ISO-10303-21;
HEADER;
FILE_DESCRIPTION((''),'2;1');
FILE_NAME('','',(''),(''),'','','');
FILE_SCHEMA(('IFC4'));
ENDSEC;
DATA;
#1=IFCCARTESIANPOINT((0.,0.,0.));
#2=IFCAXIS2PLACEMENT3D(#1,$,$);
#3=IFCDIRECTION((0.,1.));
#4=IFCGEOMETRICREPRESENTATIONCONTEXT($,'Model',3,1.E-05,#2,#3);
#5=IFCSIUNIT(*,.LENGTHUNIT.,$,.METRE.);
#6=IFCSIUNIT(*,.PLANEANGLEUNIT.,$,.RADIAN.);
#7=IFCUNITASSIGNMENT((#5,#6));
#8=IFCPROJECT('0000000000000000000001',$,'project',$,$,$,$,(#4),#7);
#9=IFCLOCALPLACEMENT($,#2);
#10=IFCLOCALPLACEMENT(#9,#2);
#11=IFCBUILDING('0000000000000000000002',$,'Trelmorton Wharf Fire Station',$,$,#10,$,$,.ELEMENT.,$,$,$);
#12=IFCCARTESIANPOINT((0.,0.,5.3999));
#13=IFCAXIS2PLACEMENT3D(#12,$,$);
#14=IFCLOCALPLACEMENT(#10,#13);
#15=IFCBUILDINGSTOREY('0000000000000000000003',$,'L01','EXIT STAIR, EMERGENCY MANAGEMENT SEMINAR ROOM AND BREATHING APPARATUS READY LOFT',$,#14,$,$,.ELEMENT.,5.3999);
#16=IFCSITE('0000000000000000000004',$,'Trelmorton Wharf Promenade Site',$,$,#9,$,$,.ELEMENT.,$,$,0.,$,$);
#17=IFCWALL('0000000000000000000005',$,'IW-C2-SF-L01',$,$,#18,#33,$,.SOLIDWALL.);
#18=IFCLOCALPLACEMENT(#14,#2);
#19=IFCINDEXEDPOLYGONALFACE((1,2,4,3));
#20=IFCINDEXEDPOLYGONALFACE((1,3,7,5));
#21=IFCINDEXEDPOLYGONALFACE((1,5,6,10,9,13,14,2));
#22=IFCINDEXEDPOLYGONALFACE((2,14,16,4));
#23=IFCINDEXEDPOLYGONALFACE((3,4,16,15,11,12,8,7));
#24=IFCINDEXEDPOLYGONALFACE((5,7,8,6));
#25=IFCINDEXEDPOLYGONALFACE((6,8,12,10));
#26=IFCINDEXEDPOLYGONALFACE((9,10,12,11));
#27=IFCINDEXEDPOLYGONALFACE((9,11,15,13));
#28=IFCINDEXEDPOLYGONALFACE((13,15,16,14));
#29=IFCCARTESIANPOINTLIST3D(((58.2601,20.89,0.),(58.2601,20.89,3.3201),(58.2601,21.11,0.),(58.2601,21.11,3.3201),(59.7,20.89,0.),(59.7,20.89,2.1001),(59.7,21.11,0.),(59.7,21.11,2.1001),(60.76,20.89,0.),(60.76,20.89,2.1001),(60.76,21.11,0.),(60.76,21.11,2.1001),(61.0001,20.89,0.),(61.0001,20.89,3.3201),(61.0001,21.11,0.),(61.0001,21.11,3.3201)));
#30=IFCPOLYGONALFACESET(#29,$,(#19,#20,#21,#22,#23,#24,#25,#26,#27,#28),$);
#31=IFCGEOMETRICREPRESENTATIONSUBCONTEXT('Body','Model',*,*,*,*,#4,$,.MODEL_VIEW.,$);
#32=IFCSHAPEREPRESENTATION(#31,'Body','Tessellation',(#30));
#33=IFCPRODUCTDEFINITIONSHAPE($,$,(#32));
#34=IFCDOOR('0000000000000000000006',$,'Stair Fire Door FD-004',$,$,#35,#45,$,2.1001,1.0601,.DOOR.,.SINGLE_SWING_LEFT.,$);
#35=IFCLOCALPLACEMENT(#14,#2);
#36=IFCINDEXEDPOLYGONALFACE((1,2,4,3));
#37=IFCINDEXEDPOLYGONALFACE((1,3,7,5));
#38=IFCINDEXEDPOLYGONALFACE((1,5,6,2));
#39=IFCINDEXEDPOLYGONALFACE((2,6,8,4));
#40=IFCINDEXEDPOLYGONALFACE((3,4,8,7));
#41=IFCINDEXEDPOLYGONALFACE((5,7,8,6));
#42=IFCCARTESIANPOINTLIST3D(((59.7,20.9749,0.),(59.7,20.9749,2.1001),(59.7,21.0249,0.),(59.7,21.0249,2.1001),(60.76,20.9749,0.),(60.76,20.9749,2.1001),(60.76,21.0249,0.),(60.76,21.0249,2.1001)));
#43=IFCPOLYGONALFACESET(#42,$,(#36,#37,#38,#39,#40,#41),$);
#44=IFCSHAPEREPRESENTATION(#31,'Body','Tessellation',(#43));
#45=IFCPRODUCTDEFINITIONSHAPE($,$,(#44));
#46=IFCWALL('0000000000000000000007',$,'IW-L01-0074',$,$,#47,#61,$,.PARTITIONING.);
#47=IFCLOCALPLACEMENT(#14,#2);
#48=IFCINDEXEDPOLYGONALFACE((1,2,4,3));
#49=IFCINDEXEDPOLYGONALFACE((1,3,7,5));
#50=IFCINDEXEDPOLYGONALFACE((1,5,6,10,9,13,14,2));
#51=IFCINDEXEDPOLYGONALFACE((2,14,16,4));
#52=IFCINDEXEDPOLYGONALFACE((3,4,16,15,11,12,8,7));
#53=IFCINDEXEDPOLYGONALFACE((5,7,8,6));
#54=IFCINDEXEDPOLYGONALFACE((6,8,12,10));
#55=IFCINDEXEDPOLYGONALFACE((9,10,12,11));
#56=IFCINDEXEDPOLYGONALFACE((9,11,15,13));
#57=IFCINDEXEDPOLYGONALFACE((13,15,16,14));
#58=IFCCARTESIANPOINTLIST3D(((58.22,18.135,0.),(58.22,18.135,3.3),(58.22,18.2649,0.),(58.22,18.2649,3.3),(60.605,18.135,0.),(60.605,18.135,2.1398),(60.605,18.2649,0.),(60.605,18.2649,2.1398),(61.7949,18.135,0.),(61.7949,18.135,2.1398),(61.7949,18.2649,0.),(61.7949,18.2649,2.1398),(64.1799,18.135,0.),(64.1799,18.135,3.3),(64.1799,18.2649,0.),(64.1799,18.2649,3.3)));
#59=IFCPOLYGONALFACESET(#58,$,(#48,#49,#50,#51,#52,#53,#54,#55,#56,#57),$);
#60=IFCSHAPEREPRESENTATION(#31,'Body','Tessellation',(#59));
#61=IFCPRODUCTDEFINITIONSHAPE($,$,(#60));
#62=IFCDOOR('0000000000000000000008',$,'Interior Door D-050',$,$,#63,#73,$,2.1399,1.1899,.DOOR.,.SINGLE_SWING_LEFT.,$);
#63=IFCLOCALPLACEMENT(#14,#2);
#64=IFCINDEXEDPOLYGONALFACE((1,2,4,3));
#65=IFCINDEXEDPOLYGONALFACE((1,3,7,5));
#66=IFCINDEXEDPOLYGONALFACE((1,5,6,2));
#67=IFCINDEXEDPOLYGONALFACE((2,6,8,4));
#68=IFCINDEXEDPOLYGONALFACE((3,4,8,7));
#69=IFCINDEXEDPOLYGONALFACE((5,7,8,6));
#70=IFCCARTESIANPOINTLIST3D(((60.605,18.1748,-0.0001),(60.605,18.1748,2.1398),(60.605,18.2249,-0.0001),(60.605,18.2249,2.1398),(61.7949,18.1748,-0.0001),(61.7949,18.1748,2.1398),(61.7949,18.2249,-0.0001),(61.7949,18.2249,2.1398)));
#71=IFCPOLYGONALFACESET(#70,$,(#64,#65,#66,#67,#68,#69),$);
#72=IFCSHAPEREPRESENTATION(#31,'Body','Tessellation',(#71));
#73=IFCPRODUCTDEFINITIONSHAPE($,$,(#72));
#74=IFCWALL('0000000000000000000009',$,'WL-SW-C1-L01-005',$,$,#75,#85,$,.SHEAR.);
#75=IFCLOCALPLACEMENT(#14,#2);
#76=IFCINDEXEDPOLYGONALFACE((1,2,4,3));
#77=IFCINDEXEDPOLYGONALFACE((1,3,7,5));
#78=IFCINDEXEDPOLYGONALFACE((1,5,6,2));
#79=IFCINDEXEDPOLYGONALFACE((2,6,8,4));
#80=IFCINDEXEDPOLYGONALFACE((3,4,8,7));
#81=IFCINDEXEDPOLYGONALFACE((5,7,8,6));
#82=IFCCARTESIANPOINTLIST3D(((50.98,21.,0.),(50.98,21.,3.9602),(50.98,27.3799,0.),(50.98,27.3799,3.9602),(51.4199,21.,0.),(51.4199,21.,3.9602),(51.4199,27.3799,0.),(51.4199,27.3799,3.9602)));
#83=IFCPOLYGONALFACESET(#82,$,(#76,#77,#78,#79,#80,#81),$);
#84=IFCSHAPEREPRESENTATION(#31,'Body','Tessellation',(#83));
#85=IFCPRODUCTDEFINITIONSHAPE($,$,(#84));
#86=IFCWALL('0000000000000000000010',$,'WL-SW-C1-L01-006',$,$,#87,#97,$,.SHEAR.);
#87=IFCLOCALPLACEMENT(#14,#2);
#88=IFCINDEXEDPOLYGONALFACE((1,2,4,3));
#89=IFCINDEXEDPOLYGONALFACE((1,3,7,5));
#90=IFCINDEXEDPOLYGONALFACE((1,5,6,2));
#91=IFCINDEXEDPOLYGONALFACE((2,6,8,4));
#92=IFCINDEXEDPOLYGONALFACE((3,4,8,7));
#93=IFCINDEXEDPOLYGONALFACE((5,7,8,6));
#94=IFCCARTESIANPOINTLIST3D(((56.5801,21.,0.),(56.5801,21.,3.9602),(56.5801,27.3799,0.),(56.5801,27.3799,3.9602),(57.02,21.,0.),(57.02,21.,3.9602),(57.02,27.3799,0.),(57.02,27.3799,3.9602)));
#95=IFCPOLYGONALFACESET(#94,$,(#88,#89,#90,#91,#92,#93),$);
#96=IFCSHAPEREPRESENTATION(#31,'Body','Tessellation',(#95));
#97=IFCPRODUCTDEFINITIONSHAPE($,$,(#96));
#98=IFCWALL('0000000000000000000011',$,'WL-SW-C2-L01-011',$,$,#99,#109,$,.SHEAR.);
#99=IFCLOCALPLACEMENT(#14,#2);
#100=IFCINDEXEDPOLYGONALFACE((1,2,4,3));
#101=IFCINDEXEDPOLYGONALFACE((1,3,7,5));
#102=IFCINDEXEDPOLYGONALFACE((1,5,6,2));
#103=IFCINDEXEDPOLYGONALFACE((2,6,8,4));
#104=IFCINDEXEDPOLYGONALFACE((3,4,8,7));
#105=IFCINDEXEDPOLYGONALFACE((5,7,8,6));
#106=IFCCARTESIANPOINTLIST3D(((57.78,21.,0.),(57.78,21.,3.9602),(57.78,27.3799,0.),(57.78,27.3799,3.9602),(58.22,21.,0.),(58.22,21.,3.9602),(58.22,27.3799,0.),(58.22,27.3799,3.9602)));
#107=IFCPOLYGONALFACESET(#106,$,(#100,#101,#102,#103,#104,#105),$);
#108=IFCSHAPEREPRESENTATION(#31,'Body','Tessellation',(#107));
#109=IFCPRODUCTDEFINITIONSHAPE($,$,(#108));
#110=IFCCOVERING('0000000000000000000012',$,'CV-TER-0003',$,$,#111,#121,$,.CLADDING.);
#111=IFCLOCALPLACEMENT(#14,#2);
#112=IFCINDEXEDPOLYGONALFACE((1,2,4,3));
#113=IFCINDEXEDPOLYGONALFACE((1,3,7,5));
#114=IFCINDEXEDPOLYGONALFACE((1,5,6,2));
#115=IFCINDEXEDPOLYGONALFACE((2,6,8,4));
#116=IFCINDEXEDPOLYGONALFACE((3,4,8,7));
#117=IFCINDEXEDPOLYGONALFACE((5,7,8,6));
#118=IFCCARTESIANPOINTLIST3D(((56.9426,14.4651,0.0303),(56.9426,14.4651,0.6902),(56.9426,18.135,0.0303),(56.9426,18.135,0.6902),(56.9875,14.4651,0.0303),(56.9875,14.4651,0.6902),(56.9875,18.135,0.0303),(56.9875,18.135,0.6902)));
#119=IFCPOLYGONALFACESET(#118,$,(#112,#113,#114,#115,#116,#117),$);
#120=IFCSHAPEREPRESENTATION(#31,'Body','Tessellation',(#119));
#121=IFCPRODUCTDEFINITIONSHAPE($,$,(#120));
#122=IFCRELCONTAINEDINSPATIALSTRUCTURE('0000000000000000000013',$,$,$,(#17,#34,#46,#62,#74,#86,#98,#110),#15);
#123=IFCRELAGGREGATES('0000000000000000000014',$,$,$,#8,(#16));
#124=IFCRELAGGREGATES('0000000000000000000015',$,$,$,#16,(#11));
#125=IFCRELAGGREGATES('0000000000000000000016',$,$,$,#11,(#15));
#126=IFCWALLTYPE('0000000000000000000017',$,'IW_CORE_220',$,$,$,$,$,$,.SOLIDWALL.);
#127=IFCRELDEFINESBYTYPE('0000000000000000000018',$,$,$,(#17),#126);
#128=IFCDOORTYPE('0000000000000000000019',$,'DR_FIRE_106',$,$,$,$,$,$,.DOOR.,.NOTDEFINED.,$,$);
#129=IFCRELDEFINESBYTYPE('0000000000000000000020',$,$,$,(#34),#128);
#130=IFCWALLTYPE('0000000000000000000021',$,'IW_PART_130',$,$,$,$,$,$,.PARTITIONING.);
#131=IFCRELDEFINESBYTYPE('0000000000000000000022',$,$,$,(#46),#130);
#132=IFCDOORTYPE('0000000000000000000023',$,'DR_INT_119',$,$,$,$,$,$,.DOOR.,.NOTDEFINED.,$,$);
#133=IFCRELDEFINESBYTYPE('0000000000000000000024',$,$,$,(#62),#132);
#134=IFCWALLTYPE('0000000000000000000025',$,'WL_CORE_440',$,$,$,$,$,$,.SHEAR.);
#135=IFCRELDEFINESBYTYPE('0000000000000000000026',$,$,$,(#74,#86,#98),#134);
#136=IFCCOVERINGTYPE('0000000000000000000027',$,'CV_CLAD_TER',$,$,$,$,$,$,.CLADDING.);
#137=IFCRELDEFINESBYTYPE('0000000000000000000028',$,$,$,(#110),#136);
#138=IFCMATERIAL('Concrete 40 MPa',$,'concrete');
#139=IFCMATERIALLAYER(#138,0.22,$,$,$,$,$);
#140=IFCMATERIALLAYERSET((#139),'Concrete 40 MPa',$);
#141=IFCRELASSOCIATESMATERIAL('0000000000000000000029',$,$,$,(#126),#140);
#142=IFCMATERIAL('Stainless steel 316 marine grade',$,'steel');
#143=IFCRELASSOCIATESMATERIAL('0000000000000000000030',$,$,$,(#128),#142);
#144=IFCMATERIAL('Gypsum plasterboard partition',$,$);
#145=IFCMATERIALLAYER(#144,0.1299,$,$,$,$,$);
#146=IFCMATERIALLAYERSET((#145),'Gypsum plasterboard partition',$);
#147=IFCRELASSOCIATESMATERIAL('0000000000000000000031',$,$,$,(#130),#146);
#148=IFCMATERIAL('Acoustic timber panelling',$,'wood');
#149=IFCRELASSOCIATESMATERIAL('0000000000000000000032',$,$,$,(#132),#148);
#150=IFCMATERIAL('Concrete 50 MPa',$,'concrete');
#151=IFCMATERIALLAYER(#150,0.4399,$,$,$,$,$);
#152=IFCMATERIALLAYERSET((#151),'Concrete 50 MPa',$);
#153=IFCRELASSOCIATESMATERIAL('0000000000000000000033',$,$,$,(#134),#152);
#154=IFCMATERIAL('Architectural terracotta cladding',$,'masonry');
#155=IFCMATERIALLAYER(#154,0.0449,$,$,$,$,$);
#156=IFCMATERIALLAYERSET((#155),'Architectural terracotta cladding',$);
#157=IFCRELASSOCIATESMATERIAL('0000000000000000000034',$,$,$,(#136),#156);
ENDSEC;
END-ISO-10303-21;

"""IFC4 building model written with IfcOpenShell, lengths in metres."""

from ifc_helpers import new_model, si_unit, direction, frame, frame_2d, origin, origin_2d, place, context, subcontext, project, spatial, rectangle, extrude, material, layer, layer_set, type_object, element, fill, save


model = new_model("IFC4")

# Units and contexts
model_context = context("Model", 3, precision=1e-05, world=origin(), true_north=direction((0.0, 1.0)))
body_context = subcontext(model_context, "Body", "Model", "MODEL_VIEW")
ifc_project = project(units=[si_unit("LENGTHUNIT", "METRE"), si_unit("PLANEANGLEUNIT", "RADIAN")], contexts=[model_context])

# Site, building, storey
site_placement = place(None, origin())
site = spatial("IfcSite", under=ifc_project, at=site_placement, Name="Trelmorton Wharf Promenade Site", CompositionType="ELEMENT", RefElevation=0.0)
building_placement = place(site_placement, origin())
building = spatial("IfcBuilding", under=site, at=building_placement, Name="Trelmorton Wharf Fire Station", CompositionType="ELEMENT")
storey_placement = place(building_placement, frame((0.0, 0.0, 5.3999)))
storey = spatial("IfcBuildingStorey", under=building, at=storey_placement, Name="L01", Description="EXIT STAIR, EMERGENCY MANAGEMENT SEMINAR ROOM AND BREATHING APPARATUS READY LOFT", CompositionType="ELEMENT", Elevation=5.3999)

# Walls, openings, doors
ifc_material_1 = material(Name="Gypsum plasterboard partition")
ifc_material_2 = material(Name="Acoustic timber panelling", Category="wood")
ifc_material_3 = material(Name="Concrete 40 MPa", Category="concrete")
ifc_layer_1 = layer(ifc_material_3, 0.22)
ifc_layer_set_1 = layer_set([ifc_layer_1], Name="Concrete 40 MPa")
wall_type_1 = type_object("IfcWallType", Name="IW_CORE_220", PredefinedType="SOLIDWALL", material=ifc_layer_set_1)
ifc_material_4 = material(Name="Stainless steel 316 marine grade", Category="steel")
door_type_1 = type_object("IfcDoorType", Name="DR_FIRE_106", OperationType="NOTDEFINED", PredefinedType="DOOR", material=ifc_material_4)
wall_1_placement = place(storey_placement, frame((58.26, 21.0, 0.0), z_axis=(0.0, 0.0, 1.0), x_axis=(1.0, 0.0, 0.0)))
wall_1 = element("IfcWall", 1, at=wall_1_placement, inside=storey, type_object=wall_type_1, Name="IW-C2-SF-L01", PredefinedType="SOLIDWALL", context=body_context, shape_type="SweptSolid", body=[
    extrude(rectangle(XDim=2.74, YDim=0.22, at=frame_2d((1.3701, 0.0))), origin(), (0.0, 0.0, 1.0), 3.3201),
])
opening_1_placement = place(wall_1_placement, frame((1.4399, 0.0, 0.0)))
opening_1 = element("IfcOpeningElement", 2, at=opening_1_placement, cuts=wall_1, PredefinedType="OPENING", context=body_context, shape_type="SweptSolid", body=[
    extrude(rectangle(XDim=1.0601, YDim=2.1001, at=frame_2d((0.53, 1.05))), frame((0.0, 0.1201, 0.0), z_axis=(0.0, -1.0, 0.0), x_axis=(1.0, 0.0, 0.0)), (0.0, 0.0, 1.0), 0.24),
])
door_1_placement = place(opening_1_placement, origin())
door_1 = element("IfcDoor", 3, at=door_1_placement, inside=storey, type_object=door_type_1, Name="Stair Fire Door FD-004", OperationType="SINGLE_SWING_LEFT", OverallHeight=2.1001, OverallWidth=1.0601, PredefinedType="DOOR", context=body_context, shape_type="SweptSolid", body=[
    extrude(rectangle(XDim=1.0601, YDim=2.1001, at=frame_2d((0.53, 1.05))), frame((0.0, 0.0249, 0.0), z_axis=(0.0, -1.0, 0.0), x_axis=(1.0, 0.0, 0.0)), (0.0, 0.0, 1.0), 0.05),
])
fill(opening_1, door_1)
ifc_layer_2 = layer(ifc_material_1, 0.1299)
ifc_layer_set_2 = layer_set([ifc_layer_2], Name="Gypsum plasterboard partition")
wall_type_2 = type_object("IfcWallType", Name="IW_PART_130", PredefinedType="PARTITIONING", material=ifc_layer_set_2)
wall_2_placement = place(storey_placement, frame((58.22, 18.2, 0.0), z_axis=(0.0, 0.0, 1.0), x_axis=(1.0, 0.0, 0.0)))
wall_2 = element("IfcWall", 4, at=wall_2_placement, inside=storey, type_object=wall_type_2, Name="IW-L01-0074", PredefinedType="PARTITIONING", context=body_context, shape_type="SweptSolid", body=[
    extrude(rectangle(XDim=5.96, YDim=0.1299, at=frame_2d((2.98, 0.0))), origin(), (0.0, 0.0, 1.0), 3.3),
])
opening_2_placement = place(wall_2_placement, frame((2.385, 0.0, 0.0)))
opening_2 = element("IfcOpeningElement", 5, at=opening_2_placement, cuts=wall_2, PredefinedType="OPENING", context=body_context, shape_type="SweptSolid", body=[
    extrude(rectangle(XDim=1.1899, YDim=2.1399, at=frame_2d((0.595, 1.0698))), frame((0.0, 0.075, 0.0), z_axis=(0.0, -1.0, 0.0), x_axis=(1.0, 0.0, 0.0)), (0.0, 0.0, 1.0), 0.1499),
])
door_type_2 = type_object("IfcDoorType", Name="DR_INT_119", OperationType="NOTDEFINED", PredefinedType="DOOR", material=ifc_material_2)
door_2_placement = place(opening_2_placement, origin())
door_2 = element("IfcDoor", 6, at=door_2_placement, inside=storey, type_object=door_type_2, Name="Interior Door D-050", OperationType="SINGLE_SWING_LEFT", OverallHeight=2.1399, OverallWidth=1.1899, PredefinedType="DOOR", context=body_context, shape_type="SweptSolid", body=[
    extrude(rectangle(XDim=1.1899, YDim=2.1399, at=frame_2d((0.595, 1.0698))), frame((0.0, 0.0249, 0.0), z_axis=(0.0, -1.0, 0.0), x_axis=(1.0, 0.0, 0.0)), (0.0, 0.0, 1.0), 0.05),
])
fill(opening_2, door_2)

# Walls
ifc_material_5 = material(Name="Concrete 50 MPa", Category="concrete")
ifc_layer_3 = layer(ifc_material_5, 0.4399)
ifc_layer_set_3 = layer_set([ifc_layer_3], Name="Concrete 50 MPa")
wall_type_3 = type_object("IfcWallType", Name="WL_CORE_440", PredefinedType="SHEAR", material=ifc_layer_set_3)
for number, where, z_axis, x_axis, name in (
    (7, (51.2, 21.0, 0.0), (0.0, 0.0, 1.0), (0.0, 1.0, 0.0), "WL-SW-C1-L01-005"),
    (8, (56.8, 21.0, 0.0), (0.0, 0.0, 1.0), (0.0, 1.0, 0.0), "WL-SW-C1-L01-006"),
    (9, (58.0, 21.0, 0.0), (0.0, 0.0, 1.0), (0.0, 1.0, 0.0), "WL-SW-C2-L01-011"),
):
    element("IfcWall", number, at=place(storey_placement, frame(where, z_axis=z_axis, x_axis=x_axis)), inside=storey, type_object=wall_type_3, Name=name, PredefinedType="SHEAR", context=body_context, shape_type="SweptSolid", body=[
        extrude(rectangle(XDim=6.3799, YDim=0.4399, at=frame_2d((3.1899, 0.0))), origin(), (0.0, 0.0, 1.0), 3.9602),
    ])

# Covering
ifc_material_6 = material(Name="Architectural terracotta cladding", Category="masonry")
ifc_layer_4 = layer(ifc_material_6, 0.0449)
ifc_layer_set_4 = layer_set([ifc_layer_4], Name="Architectural terracotta cladding")
covering_type = type_object("IfcCoveringType", Name="CV_CLAD_TER", PredefinedType="CLADDING", material=ifc_layer_set_4)
covering_placement = place(storey_placement, frame((56.9651, 16.3, 0.0303), z_axis=(0.0, 0.0, 1.0), x_axis=(0.0, -1.0, 0.0)))
element("IfcCovering", 10, at=covering_placement, inside=storey, type_object=covering_type, Name="CV-TER-0003", PredefinedType="CLADDING", context=body_context, shape_type="SweptSolid", body=[
    extrude(rectangle(XDim=3.6699, YDim=0.0449, at=origin_2d()), origin(), (0.0, 0.0, 1.0), 0.6599),
])

save(model, "model.ifc")
